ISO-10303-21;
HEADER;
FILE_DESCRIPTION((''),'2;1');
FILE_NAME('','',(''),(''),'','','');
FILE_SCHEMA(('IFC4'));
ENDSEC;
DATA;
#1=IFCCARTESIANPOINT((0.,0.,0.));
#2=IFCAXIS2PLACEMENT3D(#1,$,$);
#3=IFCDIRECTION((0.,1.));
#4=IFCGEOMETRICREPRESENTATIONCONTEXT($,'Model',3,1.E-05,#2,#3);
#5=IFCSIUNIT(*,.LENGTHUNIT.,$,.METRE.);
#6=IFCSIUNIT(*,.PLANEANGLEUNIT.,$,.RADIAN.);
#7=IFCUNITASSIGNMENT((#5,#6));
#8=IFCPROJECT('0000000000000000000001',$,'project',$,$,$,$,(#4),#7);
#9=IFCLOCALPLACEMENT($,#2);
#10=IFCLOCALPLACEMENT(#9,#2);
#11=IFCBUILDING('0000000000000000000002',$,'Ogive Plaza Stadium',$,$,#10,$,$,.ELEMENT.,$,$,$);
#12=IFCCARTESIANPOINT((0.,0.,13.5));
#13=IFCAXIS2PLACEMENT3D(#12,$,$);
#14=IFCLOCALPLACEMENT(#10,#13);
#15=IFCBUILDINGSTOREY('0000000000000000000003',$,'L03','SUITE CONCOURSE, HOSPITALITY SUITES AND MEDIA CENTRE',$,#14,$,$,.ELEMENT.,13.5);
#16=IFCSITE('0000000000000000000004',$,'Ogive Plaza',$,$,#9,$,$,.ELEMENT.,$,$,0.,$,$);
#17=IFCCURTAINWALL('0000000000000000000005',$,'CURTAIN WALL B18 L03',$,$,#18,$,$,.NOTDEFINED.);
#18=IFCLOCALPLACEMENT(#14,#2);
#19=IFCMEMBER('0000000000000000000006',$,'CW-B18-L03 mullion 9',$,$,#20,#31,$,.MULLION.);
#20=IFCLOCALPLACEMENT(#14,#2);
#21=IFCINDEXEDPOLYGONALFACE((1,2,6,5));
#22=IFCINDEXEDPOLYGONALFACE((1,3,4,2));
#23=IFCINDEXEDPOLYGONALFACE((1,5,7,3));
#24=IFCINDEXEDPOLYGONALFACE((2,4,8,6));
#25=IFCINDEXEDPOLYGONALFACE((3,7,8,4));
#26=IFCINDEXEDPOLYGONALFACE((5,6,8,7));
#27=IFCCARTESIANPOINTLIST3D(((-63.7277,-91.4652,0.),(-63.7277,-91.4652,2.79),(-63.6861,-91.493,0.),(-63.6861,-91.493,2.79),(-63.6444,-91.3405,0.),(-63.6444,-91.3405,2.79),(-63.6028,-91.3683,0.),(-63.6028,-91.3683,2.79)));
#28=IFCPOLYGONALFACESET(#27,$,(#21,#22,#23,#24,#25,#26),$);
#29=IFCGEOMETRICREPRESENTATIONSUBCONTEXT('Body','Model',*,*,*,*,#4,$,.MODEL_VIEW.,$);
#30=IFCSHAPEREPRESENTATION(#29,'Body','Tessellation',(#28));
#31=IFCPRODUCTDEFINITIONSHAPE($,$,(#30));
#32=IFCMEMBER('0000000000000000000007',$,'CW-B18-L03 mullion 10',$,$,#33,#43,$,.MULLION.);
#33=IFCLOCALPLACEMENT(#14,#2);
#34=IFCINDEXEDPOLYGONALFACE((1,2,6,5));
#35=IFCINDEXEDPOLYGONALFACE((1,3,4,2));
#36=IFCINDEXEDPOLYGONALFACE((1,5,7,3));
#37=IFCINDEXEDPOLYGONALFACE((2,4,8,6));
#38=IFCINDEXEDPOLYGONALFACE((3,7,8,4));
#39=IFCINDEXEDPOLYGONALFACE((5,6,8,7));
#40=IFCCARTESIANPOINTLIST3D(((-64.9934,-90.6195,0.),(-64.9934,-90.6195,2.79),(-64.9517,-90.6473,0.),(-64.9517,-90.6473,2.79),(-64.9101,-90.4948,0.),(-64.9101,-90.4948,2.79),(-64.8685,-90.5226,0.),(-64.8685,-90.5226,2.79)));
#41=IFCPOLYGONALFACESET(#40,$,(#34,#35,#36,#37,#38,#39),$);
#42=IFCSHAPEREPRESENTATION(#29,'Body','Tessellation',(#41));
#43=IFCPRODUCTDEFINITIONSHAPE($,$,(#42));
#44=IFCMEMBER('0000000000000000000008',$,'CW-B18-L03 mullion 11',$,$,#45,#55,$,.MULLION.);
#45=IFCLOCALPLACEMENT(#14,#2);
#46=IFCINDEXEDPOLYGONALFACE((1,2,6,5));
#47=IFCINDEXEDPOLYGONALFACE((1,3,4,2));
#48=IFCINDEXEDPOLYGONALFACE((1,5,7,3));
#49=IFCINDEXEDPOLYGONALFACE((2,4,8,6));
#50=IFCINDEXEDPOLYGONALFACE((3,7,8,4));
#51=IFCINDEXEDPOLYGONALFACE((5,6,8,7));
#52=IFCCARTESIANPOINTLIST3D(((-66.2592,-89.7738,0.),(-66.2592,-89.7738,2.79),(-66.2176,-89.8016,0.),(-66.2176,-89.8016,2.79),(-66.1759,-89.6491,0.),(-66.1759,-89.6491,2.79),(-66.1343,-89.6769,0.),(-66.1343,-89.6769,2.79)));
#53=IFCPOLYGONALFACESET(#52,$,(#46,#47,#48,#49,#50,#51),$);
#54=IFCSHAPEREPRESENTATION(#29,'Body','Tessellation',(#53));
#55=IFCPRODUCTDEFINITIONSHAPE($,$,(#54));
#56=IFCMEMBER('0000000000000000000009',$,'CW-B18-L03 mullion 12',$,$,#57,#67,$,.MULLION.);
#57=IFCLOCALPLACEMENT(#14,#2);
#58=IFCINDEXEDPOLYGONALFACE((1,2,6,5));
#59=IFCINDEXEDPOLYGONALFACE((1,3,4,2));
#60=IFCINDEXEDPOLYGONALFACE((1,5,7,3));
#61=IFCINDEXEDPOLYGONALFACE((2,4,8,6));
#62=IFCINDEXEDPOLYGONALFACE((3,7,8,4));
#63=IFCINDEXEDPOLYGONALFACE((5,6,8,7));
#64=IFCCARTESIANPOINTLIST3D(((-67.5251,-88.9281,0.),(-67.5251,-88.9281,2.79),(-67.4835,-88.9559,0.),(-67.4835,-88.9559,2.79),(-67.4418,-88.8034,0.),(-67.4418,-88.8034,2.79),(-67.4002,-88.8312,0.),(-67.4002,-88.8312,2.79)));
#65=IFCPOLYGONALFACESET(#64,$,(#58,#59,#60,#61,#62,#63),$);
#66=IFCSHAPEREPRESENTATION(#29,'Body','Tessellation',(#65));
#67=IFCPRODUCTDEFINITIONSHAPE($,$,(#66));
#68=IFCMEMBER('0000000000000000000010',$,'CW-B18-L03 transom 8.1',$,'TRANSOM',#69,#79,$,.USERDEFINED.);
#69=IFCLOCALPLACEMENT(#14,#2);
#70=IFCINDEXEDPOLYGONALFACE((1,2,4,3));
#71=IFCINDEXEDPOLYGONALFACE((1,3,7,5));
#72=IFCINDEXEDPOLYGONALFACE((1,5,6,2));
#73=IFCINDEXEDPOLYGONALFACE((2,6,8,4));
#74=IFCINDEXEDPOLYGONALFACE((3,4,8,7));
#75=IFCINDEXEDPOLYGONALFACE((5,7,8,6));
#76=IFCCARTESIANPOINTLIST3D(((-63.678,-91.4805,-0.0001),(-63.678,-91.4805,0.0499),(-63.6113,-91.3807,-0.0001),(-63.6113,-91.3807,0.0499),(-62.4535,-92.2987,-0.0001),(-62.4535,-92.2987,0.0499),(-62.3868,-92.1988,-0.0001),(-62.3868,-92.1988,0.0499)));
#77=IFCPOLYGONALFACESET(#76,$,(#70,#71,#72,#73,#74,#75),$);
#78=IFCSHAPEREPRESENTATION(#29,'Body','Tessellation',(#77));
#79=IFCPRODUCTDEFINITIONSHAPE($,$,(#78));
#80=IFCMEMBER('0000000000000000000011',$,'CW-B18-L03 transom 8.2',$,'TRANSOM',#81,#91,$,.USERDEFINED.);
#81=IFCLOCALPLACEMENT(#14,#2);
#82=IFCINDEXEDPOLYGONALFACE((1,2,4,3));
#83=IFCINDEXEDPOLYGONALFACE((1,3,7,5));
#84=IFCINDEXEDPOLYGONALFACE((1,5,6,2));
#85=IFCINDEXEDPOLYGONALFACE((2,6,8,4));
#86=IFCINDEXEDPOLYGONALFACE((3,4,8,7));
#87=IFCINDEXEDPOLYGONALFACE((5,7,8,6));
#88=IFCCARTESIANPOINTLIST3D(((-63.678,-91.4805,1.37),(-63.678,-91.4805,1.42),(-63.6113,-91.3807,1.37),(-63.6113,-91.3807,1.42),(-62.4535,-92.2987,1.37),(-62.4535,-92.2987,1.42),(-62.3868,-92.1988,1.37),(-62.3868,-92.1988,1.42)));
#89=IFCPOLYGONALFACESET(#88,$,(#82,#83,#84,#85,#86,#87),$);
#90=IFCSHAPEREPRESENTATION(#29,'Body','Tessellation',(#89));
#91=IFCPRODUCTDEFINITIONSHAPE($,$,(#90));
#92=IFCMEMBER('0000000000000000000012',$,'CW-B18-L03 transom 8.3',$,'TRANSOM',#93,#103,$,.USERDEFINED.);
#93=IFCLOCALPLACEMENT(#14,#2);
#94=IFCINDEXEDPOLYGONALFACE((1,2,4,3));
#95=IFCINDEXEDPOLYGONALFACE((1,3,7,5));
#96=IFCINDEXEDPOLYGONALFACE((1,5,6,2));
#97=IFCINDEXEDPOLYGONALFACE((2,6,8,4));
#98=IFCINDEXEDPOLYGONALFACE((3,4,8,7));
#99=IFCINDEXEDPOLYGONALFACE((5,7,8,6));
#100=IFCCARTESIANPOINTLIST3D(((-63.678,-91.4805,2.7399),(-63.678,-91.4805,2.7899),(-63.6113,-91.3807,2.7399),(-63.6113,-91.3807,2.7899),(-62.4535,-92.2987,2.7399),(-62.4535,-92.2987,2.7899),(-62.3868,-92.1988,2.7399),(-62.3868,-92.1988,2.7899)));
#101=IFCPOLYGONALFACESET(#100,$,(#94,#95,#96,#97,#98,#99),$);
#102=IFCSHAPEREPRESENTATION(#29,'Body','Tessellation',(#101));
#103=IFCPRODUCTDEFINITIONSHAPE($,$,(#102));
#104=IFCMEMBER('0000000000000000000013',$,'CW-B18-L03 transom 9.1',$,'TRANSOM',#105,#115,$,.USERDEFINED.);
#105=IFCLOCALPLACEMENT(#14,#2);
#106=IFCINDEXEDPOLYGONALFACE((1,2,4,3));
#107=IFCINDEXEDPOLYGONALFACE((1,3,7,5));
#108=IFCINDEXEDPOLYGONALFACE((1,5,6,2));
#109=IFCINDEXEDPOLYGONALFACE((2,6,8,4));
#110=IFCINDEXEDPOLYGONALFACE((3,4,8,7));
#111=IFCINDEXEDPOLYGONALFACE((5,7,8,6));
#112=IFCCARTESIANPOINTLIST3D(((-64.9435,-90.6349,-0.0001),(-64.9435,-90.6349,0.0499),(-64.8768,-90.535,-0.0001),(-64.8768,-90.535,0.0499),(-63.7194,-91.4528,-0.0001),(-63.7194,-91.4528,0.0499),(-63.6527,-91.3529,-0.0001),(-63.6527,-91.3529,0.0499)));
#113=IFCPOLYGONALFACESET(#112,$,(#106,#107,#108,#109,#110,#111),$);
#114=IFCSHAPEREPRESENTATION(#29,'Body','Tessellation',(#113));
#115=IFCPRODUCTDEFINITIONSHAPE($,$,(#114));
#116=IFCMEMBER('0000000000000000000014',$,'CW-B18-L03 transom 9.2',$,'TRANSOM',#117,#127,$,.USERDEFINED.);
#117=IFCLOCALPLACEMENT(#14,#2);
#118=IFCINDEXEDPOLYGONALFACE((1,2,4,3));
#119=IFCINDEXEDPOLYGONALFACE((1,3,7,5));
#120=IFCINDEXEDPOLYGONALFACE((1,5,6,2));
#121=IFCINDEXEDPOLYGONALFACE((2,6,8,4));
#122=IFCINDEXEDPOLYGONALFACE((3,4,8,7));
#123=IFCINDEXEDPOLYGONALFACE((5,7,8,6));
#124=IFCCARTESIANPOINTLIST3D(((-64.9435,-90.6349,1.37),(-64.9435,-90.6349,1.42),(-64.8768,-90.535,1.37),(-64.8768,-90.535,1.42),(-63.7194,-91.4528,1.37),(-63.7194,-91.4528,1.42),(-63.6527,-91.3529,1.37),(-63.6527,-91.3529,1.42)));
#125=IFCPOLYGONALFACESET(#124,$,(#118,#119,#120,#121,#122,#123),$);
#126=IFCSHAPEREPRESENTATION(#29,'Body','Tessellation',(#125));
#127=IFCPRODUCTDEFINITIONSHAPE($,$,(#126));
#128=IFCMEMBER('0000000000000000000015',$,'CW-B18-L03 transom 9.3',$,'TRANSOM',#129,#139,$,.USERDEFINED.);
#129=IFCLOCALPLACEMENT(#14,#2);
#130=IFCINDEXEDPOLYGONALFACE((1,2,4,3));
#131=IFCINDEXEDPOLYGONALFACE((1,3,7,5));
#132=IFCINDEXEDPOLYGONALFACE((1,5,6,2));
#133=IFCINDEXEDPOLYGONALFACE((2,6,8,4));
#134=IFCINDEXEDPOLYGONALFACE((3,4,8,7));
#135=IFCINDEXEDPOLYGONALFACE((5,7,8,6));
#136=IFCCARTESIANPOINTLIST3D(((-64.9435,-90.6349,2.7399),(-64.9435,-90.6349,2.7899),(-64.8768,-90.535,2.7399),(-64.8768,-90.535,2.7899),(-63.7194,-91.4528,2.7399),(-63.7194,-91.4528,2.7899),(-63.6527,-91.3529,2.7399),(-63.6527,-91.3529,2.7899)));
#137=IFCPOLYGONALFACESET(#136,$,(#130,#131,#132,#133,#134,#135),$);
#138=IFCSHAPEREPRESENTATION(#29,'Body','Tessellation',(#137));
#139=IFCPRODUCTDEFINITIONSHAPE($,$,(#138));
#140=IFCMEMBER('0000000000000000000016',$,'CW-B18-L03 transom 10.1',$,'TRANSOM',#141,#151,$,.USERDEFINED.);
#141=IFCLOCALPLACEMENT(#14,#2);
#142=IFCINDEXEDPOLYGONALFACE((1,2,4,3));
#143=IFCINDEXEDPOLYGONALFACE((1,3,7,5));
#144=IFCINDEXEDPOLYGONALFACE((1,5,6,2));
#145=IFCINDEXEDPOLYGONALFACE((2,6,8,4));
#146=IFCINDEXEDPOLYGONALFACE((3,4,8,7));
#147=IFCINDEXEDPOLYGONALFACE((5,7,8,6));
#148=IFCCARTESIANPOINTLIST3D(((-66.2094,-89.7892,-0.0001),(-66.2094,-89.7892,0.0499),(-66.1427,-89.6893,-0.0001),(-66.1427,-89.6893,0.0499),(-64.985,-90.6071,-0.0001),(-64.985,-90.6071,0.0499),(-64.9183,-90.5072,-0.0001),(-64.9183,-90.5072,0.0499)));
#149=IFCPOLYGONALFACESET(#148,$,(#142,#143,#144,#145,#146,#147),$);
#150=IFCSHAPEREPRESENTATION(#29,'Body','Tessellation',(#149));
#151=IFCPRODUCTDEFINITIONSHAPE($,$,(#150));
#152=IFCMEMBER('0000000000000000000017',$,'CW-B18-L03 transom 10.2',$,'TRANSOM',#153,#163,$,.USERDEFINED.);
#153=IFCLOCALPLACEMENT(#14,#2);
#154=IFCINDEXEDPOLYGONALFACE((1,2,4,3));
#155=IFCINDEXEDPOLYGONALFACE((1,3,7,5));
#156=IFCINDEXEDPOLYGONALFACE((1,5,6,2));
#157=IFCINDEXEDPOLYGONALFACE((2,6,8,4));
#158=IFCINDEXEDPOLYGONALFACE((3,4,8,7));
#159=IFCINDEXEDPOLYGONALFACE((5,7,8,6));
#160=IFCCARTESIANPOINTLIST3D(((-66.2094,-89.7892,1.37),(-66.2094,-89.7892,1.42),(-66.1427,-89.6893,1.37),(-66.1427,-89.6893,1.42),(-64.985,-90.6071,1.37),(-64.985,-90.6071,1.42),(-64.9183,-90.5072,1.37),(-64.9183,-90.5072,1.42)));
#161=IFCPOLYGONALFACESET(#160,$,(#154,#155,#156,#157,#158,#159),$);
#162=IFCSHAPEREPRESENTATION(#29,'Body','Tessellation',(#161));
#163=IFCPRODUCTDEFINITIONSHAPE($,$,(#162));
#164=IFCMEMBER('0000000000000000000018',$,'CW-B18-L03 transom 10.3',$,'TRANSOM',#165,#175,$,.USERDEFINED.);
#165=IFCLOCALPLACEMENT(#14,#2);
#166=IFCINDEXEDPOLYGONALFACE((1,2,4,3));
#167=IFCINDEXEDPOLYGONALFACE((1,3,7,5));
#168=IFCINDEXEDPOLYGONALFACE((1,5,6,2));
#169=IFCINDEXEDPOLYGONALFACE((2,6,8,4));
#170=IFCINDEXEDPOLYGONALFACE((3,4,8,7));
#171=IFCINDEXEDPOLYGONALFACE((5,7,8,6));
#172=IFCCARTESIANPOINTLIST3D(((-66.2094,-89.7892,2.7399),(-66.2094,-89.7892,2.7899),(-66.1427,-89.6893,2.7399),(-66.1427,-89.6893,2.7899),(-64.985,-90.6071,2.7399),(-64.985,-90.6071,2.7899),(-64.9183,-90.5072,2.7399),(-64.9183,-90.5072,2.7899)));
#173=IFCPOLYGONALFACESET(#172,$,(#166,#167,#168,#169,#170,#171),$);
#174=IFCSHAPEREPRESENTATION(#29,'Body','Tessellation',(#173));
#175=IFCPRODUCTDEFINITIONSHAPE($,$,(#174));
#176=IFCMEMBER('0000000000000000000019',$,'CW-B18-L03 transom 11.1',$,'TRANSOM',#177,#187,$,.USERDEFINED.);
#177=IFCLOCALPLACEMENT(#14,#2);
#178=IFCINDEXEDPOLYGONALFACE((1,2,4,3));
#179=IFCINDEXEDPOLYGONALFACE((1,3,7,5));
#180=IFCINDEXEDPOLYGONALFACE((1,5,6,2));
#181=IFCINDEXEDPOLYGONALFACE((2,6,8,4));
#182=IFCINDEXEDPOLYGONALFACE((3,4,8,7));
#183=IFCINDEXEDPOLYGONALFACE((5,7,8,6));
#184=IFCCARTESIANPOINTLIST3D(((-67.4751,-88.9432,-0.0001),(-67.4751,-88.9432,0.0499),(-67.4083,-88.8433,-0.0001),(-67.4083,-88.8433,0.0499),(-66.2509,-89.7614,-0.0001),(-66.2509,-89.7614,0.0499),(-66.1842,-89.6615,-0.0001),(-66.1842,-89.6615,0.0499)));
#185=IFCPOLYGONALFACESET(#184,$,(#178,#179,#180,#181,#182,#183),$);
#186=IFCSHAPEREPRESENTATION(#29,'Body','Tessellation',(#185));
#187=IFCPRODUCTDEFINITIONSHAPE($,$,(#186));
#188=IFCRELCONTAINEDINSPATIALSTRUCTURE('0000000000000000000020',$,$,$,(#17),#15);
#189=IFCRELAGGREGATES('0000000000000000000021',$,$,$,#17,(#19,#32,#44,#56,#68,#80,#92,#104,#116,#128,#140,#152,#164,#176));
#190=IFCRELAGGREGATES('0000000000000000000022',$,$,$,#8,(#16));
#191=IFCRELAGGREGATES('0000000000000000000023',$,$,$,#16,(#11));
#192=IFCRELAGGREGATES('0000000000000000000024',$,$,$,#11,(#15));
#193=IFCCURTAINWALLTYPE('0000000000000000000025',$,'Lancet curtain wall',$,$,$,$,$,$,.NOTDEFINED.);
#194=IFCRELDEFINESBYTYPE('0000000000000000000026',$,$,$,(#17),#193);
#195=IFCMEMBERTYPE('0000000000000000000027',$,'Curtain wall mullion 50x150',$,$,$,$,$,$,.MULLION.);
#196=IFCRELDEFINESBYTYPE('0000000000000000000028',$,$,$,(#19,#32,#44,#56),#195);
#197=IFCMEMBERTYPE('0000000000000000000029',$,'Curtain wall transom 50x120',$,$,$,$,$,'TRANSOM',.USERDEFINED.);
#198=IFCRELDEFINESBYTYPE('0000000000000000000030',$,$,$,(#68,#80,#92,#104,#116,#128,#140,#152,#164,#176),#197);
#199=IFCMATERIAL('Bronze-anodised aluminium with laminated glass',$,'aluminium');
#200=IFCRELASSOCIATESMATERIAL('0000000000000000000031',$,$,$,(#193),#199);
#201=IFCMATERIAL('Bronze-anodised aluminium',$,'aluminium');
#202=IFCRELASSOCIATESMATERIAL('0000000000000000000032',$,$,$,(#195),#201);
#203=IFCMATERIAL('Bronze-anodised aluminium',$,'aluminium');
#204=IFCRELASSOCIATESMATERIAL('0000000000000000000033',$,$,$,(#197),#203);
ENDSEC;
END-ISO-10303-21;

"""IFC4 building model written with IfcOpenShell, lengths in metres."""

from ifc_helpers import new_model, si_unit, direction, frame, origin, origin_2d, place, context, subcontext, project, spatial, rectangle, extrude, material, material_profile, profile_set, type_object, element, aggregate, save


model = new_model("IFC4")

# Units and contexts
model_context = context("Model", 3, precision=1e-05, world=origin(), true_north=direction((0.0, 1.0)))
body_context = subcontext(model_context, "Body", "Model", "MODEL_VIEW")
ifc_project = project(units=[si_unit("LENGTHUNIT", "METRE"), si_unit("PLANEANGLEUNIT", "RADIAN")], contexts=[model_context])

# Site, building, storey
site_placement = place(None, origin())
site = spatial("IfcSite", under=ifc_project, at=site_placement, Name="Ogive Plaza", CompositionType="ELEMENT", RefElevation=0.0)
building_placement = place(site_placement, origin())
building = spatial("IfcBuilding", under=site, at=building_placement, Name="Ogive Plaza Stadium", CompositionType="ELEMENT")
storey_placement = place(building_placement, frame((0.0, 0.0, 13.5)))
storey = spatial("IfcBuildingStorey", under=building, at=storey_placement, Name="L03", Description="SUITE CONCOURSE, HOSPITALITY SUITES AND MEDIA CENTRE", CompositionType="ELEMENT", Elevation=13.5)

# Curtain wall, members
ifc_material_1 = material(Name="Bronze-anodised aluminium with laminated glass", Category="aluminium")
curtain_wall_type = type_object("IfcCurtainWallType", Name="Lancet curtain wall", PredefinedType="NOTDEFINED", material=ifc_material_1)
curtain_wall_placement = place(storey_placement, origin())
curtain_wall = element("IfcCurtainWall", 1, at=curtain_wall_placement, inside=storey, type_object=curtain_wall_type, Name="CURTAIN WALL B18 L03", PredefinedType="NOTDEFINED")
ifc_material_2 = material(Name="Bronze-anodised aluminium", Category="aluminium")
ifc_material_profile_1 = material_profile(ifc_material_2, rectangle(XDim=0.1499, YDim=0.05, at=origin_2d()), Name="AL 150x50")
ifc_profile_set_1 = profile_set([ifc_material_profile_1], Name="Bronze-anodised aluminium")
member_type_1 = type_object("IfcMemberType", Name="Curtain wall mullion 50x150", PredefinedType="MULLION", material=ifc_profile_set_1)
member_1_placement = place(storey_placement, frame((-63.6653, -91.4167, 0.0), z_axis=(0.0, 0.0, 1.0), x_axis=(-0.55557, -0.83147, 0.0)))
member_1 = element("IfcMember", 2, at=member_1_placement, type_object=member_type_1, Name="CW-B18-L03 mullion 9", PredefinedType="MULLION", context=body_context, shape_type="SweptSolid", body=[
    extrude(rectangle(XDim=0.1499, YDim=0.05, at=origin_2d()), origin(), (0.0, 0.0, 1.0), 2.79),
])
member_2_placement = place(storey_placement, frame((-64.9309, -90.571, 0.0), z_axis=(0.0, 0.0, 1.0), x_axis=(-0.55557, -0.83147, 0.0)))
member_2 = element("IfcMember", 3, at=member_2_placement, type_object=member_type_1, Name="CW-B18-L03 mullion 10", PredefinedType="MULLION", context=body_context, shape_type="SweptSolid", body=[
    extrude(rectangle(XDim=0.1499, YDim=0.05, at=origin_2d()), origin(), (0.0, 0.0, 1.0), 2.79),
])
member_3_placement = place(storey_placement, frame((-66.1968, -89.7253, 0.0), z_axis=(0.0, 0.0, 1.0), x_axis=(-0.55557, -0.83147, 0.0)))
member_3 = element("IfcMember", 4, at=member_3_placement, type_object=member_type_1, Name="CW-B18-L03 mullion 11", PredefinedType="MULLION", context=body_context, shape_type="SweptSolid", body=[
    extrude(rectangle(XDim=0.1499, YDim=0.05, at=origin_2d()), origin(), (0.0, 0.0, 1.0), 2.79),
])
member_4_placement = place(storey_placement, frame((-67.4626, -88.8796, 0.0), z_axis=(0.0, 0.0, 1.0), x_axis=(-0.55557, -0.83147, 0.0)))
member_4 = element("IfcMember", 5, at=member_4_placement, type_object=member_type_1, Name="CW-B18-L03 mullion 12", PredefinedType="MULLION", context=body_context, shape_type="SweptSolid", body=[
    extrude(rectangle(XDim=0.1499, YDim=0.05, at=origin_2d()), origin(), (0.0, 0.0, 1.0), 2.79),
])
ifc_material_3 = material(Name="Bronze-anodised aluminium", Category="aluminium")
ifc_material_profile_2 = material_profile(ifc_material_3, rectangle(XDim=0.1201, YDim=0.05, at=origin_2d()), Name="AL 120x50")
ifc_profile_set_2 = profile_set([ifc_material_profile_2], Name="Bronze-anodised aluminium")
member_type_2 = type_object("IfcMemberType", Name="Curtain wall transom 50x120", ElementType="TRANSOM", PredefinedType="USERDEFINED", material=ifc_profile_set_2)
member_5_placement = place(storey_placement, frame((-62.4202, -92.2488, 0.0249), z_axis=(-0.831463, 0.55558, 0.0), x_axis=(-0.55558, -0.831463, 0.0)))
member_5 = element("IfcMember", 6, at=member_5_placement, type_object=member_type_2, Name="CW-B18-L03 transom 8.1", ObjectType="TRANSOM", PredefinedType="USERDEFINED", context=body_context, shape_type="SweptSolid", body=[
    extrude(rectangle(XDim=0.1201, YDim=0.05, at=origin_2d()), origin(), (0.0, 0.0, 1.0), 1.4727),
])
member_6_placement = place(storey_placement, frame((-62.4202, -92.2488, 1.395), z_axis=(-0.831463, 0.55558, 0.0), x_axis=(-0.55558, -0.831463, 0.0)))
member_6 = element("IfcMember", 7, at=member_6_placement, type_object=member_type_2, Name="CW-B18-L03 transom 8.2", ObjectType="TRANSOM", PredefinedType="USERDEFINED", context=body_context, shape_type="SweptSolid", body=[
    extrude(rectangle(XDim=0.1201, YDim=0.05, at=origin_2d()), origin(), (0.0, 0.0, 1.0), 1.4727),
])
member_7_placement = place(storey_placement, frame((-62.4202, -92.2488, 2.7649), z_axis=(-0.831463, 0.55558, 0.0), x_axis=(-0.55558, -0.831463, 0.0)))
member_7 = element("IfcMember", 8, at=member_7_placement, type_object=member_type_2, Name="CW-B18-L03 transom 8.3", ObjectType="TRANSOM", PredefinedType="USERDEFINED", context=body_context, shape_type="SweptSolid", body=[
    extrude(rectangle(XDim=0.1201, YDim=0.05, at=origin_2d()), origin(), (0.0, 0.0, 1.0), 1.4727),
])
member_8_placement = place(storey_placement, frame((-63.686, -91.4028, 0.0249), z_axis=(-0.831489, 0.555542, 0.0), x_axis=(-0.555542, -0.831489, 0.0)))
member_8 = element("IfcMember", 9, at=member_8_placement, type_object=member_type_2, Name="CW-B18-L03 transom 9.1", ObjectType="TRANSOM", PredefinedType="USERDEFINED", context=body_context, shape_type="SweptSolid", body=[
    extrude(rectangle(XDim=0.1201, YDim=0.05, at=origin_2d()), origin(), (0.0, 0.0, 1.0), 1.4722),
])
member_9_placement = place(storey_placement, frame((-63.686, -91.4028, 1.395), z_axis=(-0.831489, 0.555542, 0.0), x_axis=(-0.555542, -0.831489, 0.0)))
member_9 = element("IfcMember", 10, at=member_9_placement, type_object=member_type_2, Name="CW-B18-L03 transom 9.2", ObjectType="TRANSOM", PredefinedType="USERDEFINED", context=body_context, shape_type="SweptSolid", body=[
    extrude(rectangle(XDim=0.1201, YDim=0.05, at=origin_2d()), origin(), (0.0, 0.0, 1.0), 1.4722),
])
member_10_placement = place(storey_placement, frame((-63.686, -91.4028, 2.7649), z_axis=(-0.831489, 0.555542, 0.0), x_axis=(-0.555542, -0.831489, 0.0)))
member_10 = element("IfcMember", 11, at=member_10_placement, type_object=member_type_2, Name="CW-B18-L03 transom 9.3", ObjectType="TRANSOM", PredefinedType="USERDEFINED", context=body_context, shape_type="SweptSolid", body=[
    extrude(rectangle(XDim=0.1201, YDim=0.05, at=origin_2d()), origin(), (0.0, 0.0, 1.0), 1.4722),
])
member_11_placement = place(storey_placement, frame((-64.9517, -90.5571, 0.0249), z_axis=(-0.83154, 0.555465, 0.0), x_axis=(-0.555465, -0.83154, 0.0)))
member_11 = element("IfcMember", 12, at=member_11_placement, type_object=member_type_2, Name="CW-B18-L03 transom 10.1", ObjectType="TRANSOM", PredefinedType="USERDEFINED", context=body_context, shape_type="SweptSolid", body=[
    extrude(rectangle(XDim=0.1201, YDim=0.05, at=origin_2d()), origin(), (0.0, 0.0, 1.0), 1.4724),
])
member_12_placement = place(storey_placement, frame((-64.9517, -90.5571, 1.395), z_axis=(-0.83154, 0.555465, 0.0), x_axis=(-0.555465, -0.83154, 0.0)))
member_12 = element("IfcMember", 13, at=member_12_placement, type_object=member_type_2, Name="CW-B18-L03 transom 10.2", ObjectType="TRANSOM", PredefinedType="USERDEFINED", context=body_context, shape_type="SweptSolid", body=[
    extrude(rectangle(XDim=0.1201, YDim=0.05, at=origin_2d()), origin(), (0.0, 0.0, 1.0), 1.4724),
])
member_13_placement = place(storey_placement, frame((-64.9517, -90.5571, 2.7649), z_axis=(-0.83154, 0.555465, 0.0), x_axis=(-0.555465, -0.83154, 0.0)))
member_13 = element("IfcMember", 14, at=member_13_placement, type_object=member_type_2, Name="CW-B18-L03 transom 10.3", ObjectType="TRANSOM", PredefinedType="USERDEFINED", context=body_context, shape_type="SweptSolid", body=[
    extrude(rectangle(XDim=0.1201, YDim=0.05, at=origin_2d()), origin(), (0.0, 0.0, 1.0), 1.4724),
])
member_14_placement = place(storey_placement, frame((-66.2175, -89.7114, 0.0249), z_axis=(-0.831412, 0.555656, 0.0), x_axis=(-0.555656, -0.831412, 0.0)))
member_14 = element("IfcMember", 15, at=member_14_placement, type_object=member_type_2, Name="CW-B18-L03 transom 11.1", ObjectType="TRANSOM", PredefinedType="USERDEFINED", context=body_context, shape_type="SweptSolid", body=[
    extrude(rectangle(XDim=0.1201, YDim=0.05, at=origin_2d()), origin(), (0.0, 0.0, 1.0), 1.4724),
])
aggregate(curtain_wall, [member_1, member_2, member_3, member_4, member_5, member_6, member_7, member_8, member_9, member_10, member_11, member_12, member_13, member_14])

save(model, "model.ifc")
